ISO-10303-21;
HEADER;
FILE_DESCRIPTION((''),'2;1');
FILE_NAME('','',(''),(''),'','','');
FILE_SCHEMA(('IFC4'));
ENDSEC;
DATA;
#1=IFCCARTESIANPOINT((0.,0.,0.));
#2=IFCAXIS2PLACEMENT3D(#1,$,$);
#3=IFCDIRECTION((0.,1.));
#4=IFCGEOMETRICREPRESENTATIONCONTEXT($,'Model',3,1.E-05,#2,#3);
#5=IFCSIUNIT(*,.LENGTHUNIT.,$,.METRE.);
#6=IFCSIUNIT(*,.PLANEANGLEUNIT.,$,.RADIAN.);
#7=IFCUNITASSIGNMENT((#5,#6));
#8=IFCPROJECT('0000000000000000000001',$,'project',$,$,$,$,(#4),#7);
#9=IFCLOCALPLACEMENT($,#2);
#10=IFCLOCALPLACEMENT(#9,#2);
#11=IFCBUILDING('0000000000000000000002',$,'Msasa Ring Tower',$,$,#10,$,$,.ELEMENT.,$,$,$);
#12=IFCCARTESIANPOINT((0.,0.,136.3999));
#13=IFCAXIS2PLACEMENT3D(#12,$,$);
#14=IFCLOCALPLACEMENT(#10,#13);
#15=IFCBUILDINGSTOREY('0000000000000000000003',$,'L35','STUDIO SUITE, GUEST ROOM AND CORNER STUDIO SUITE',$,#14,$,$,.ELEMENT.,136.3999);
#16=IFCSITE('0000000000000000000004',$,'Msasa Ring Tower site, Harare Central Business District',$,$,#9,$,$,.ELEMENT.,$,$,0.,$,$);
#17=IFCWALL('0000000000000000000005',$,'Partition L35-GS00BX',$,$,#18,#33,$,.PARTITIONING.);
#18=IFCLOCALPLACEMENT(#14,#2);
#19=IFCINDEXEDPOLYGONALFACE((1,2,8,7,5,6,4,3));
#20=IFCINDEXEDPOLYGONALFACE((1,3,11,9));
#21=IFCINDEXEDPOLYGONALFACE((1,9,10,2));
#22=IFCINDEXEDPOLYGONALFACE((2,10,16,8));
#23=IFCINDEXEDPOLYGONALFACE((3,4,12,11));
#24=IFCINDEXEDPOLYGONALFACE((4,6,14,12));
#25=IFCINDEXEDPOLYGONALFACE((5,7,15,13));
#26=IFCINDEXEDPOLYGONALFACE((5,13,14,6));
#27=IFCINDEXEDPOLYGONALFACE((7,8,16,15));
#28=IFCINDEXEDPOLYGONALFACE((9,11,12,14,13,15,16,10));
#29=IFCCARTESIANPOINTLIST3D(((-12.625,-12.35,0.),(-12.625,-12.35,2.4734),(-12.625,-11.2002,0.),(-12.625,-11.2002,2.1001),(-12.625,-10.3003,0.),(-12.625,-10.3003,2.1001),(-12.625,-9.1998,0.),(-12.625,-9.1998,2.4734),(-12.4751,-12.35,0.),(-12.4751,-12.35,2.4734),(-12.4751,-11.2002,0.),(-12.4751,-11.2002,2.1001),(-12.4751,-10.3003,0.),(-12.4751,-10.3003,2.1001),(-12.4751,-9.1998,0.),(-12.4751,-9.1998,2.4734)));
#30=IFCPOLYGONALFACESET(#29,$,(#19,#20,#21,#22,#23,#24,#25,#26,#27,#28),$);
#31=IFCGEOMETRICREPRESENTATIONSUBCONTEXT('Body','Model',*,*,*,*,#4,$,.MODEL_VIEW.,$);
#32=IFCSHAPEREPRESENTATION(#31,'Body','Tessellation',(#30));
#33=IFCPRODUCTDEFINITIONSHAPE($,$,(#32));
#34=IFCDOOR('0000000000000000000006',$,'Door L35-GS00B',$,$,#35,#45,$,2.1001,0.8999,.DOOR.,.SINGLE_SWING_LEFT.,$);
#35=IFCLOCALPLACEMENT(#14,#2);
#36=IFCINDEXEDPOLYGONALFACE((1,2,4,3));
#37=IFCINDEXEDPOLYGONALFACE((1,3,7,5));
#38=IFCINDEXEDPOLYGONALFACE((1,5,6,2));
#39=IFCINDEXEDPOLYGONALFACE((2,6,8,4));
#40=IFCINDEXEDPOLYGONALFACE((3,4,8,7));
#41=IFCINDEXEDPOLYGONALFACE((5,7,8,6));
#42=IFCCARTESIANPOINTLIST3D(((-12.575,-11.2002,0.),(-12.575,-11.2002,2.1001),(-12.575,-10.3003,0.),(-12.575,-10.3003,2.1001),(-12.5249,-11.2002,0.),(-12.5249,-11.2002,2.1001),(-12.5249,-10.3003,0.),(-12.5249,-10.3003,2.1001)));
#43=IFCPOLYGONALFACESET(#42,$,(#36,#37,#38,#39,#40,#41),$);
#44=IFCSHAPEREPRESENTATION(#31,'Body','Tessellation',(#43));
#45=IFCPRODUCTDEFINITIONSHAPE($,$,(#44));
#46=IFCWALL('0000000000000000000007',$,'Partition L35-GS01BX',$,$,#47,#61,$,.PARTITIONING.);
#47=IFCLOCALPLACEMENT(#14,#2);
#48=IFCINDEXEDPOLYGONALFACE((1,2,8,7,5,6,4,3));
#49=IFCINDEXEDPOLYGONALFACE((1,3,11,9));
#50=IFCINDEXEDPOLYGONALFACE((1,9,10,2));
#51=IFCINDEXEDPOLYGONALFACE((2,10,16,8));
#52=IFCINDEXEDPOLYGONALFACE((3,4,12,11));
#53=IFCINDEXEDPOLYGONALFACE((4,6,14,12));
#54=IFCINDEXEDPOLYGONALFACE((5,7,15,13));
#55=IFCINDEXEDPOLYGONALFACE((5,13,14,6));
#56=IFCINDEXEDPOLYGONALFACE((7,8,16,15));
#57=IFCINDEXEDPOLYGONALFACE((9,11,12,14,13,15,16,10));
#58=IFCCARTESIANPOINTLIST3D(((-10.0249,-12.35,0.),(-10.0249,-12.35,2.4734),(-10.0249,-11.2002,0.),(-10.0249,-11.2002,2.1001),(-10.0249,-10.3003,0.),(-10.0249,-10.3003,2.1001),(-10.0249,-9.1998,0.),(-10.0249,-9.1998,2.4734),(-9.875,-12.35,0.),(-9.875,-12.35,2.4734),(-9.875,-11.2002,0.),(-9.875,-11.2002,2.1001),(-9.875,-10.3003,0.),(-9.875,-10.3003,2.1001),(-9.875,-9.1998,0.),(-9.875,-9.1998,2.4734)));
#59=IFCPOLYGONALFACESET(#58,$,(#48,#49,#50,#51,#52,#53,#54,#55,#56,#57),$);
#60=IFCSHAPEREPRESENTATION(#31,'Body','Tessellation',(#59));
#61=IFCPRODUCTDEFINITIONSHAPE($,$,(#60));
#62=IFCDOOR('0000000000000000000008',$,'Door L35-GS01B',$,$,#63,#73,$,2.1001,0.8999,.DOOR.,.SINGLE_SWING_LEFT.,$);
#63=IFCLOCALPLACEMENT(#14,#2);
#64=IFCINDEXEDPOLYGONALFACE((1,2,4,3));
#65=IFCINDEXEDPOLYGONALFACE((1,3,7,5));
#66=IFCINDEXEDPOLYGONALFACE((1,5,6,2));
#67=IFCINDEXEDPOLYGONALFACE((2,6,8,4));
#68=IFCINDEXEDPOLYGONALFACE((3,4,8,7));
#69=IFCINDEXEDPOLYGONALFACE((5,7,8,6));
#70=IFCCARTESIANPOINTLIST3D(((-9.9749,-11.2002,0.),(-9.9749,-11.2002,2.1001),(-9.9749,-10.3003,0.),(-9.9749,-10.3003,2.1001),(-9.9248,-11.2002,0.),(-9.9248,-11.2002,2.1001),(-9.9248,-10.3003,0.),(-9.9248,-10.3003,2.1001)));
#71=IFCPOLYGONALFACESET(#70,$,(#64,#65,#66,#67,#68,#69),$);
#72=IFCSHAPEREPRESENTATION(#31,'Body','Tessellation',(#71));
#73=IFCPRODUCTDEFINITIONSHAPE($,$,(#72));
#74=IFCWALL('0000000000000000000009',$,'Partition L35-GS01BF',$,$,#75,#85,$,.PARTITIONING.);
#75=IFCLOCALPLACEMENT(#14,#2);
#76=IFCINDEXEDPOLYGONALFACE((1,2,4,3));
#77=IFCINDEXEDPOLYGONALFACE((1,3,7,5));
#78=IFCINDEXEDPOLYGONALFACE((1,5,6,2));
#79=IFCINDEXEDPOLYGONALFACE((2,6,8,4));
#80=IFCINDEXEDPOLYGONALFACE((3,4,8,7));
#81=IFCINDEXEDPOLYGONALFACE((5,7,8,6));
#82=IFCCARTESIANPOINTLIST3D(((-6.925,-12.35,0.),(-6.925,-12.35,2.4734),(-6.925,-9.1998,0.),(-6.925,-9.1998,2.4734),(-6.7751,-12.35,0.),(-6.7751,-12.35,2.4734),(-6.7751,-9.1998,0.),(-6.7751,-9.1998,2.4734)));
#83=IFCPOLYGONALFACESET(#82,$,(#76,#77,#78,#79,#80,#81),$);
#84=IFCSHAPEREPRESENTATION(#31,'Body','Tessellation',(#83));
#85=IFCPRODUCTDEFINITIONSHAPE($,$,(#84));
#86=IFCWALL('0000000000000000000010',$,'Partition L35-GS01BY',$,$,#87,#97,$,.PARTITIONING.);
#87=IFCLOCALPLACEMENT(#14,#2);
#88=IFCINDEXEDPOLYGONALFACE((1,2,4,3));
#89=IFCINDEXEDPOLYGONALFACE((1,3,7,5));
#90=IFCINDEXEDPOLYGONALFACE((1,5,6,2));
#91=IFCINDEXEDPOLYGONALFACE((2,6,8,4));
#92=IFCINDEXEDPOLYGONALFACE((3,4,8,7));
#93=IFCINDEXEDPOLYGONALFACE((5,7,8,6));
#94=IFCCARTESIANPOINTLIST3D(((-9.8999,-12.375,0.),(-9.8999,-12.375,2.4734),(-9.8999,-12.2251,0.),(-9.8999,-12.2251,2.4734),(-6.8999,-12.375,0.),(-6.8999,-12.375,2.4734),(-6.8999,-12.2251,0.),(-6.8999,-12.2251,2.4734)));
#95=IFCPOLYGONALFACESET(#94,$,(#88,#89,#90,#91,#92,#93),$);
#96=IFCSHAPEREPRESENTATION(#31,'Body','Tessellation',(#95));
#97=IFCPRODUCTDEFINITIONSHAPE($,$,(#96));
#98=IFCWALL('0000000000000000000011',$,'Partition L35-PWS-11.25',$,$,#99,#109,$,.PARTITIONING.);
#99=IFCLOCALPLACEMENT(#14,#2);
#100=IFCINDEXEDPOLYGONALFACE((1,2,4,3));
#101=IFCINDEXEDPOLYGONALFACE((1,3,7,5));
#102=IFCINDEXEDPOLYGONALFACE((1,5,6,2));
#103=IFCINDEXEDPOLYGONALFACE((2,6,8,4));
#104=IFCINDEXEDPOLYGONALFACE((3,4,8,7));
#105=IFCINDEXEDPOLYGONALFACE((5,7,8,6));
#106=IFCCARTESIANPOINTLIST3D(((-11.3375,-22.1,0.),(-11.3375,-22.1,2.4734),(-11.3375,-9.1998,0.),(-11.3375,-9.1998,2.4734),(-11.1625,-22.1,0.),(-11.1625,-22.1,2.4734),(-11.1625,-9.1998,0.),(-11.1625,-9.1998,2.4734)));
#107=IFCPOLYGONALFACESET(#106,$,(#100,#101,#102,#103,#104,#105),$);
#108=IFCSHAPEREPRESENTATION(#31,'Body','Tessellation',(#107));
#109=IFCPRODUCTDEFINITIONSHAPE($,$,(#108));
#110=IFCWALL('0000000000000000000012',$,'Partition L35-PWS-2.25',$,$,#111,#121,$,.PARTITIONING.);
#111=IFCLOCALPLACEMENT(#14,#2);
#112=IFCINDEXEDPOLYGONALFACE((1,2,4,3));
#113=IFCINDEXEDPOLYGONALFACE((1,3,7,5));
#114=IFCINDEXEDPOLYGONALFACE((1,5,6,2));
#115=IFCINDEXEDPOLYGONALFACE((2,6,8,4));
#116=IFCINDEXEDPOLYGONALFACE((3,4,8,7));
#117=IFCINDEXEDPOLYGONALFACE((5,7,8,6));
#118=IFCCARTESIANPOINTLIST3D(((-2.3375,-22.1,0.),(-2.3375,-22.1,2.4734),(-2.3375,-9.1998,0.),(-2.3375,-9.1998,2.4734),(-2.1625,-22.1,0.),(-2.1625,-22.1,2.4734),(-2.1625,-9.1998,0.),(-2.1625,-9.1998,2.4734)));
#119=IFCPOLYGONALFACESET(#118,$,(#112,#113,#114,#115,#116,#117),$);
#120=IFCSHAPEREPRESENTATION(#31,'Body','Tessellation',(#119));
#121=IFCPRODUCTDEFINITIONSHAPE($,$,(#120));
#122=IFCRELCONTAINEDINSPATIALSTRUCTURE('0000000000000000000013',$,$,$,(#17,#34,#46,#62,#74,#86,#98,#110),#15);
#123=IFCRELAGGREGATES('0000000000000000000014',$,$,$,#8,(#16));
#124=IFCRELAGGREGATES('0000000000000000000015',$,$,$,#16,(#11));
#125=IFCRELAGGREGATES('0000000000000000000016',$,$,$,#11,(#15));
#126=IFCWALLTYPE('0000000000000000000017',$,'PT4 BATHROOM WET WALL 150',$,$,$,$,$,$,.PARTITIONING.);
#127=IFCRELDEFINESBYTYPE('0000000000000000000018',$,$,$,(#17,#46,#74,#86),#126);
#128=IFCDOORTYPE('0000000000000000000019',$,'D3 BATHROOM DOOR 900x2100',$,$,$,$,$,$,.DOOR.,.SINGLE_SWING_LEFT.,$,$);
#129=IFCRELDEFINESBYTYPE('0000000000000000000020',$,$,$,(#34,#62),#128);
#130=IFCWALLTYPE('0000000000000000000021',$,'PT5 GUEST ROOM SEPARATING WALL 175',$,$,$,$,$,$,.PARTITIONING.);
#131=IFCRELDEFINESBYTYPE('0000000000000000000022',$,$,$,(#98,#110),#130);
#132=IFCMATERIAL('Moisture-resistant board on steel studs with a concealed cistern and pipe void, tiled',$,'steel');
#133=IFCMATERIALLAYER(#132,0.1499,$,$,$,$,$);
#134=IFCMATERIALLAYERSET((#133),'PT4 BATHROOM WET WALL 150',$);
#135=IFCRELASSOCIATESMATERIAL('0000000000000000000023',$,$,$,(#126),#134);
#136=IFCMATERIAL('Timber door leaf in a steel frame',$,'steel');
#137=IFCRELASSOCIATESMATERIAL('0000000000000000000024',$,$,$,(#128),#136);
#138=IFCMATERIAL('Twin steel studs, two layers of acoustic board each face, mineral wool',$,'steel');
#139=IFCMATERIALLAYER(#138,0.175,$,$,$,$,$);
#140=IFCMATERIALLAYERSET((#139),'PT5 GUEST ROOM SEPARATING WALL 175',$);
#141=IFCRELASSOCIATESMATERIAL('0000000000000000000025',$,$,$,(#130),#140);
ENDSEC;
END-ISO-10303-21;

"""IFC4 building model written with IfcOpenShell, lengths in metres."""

from ifc_helpers import new_model, si_unit, direction, frame, frame_2d, origin, place, context, subcontext, project, spatial, rectangle, extrude, material, layer, layer_set, type_object, element, fill, save


model = new_model("IFC4")

# Units and contexts
model_context = context("Model", 3, precision=1e-05, world=origin(), true_north=direction((0.0, 1.0)))
body_context = subcontext(model_context, "Body", "Model", "MODEL_VIEW")
ifc_project = project(units=[si_unit("LENGTHUNIT", "METRE"), si_unit("PLANEANGLEUNIT", "RADIAN")], contexts=[model_context])

# Site, building, storey
site_placement = place(None, origin())
site = spatial("IfcSite", under=ifc_project, at=site_placement, Name="Msasa Ring Tower site, Harare Central Business District", CompositionType="ELEMENT", RefElevation=0.0)
building_placement = place(site_placement, origin())
building = spatial("IfcBuilding", under=site, at=building_placement, Name="Msasa Ring Tower", CompositionType="ELEMENT")
storey_placement = place(building_placement, frame((0.0, 0.0, 136.3999)))
storey = spatial("IfcBuildingStorey", under=building, at=storey_placement, Name="L35", Description="STUDIO SUITE, GUEST ROOM AND CORNER STUDIO SUITE", CompositionType="ELEMENT", Elevation=136.3999)

# Walls, openings, doors
ifc_material_1 = material(Name="Moisture-resistant board on steel studs with a concealed cistern and pipe void, tiled", Category="steel")
ifc_layer_1 = layer(ifc_material_1, 0.1499)
ifc_layer_set_1 = layer_set([ifc_layer_1], Name="PT4 BATHROOM WET WALL 150")
wall_type_1 = type_object("IfcWallType", Name="PT4 BATHROOM WET WALL 150", PredefinedType="PARTITIONING", material=ifc_layer_set_1)
wall_1_placement = place(storey_placement, frame((-12.55, -12.3501, 0.0), z_axis=(0.0, 0.0, 1.0), x_axis=(0.0, 1.0, 0.0)))
wall_1 = element("IfcWall", 1, at=wall_1_placement, inside=storey, type_object=wall_type_1, Name="Partition L35-GS00BX", PredefinedType="PARTITIONING", context=body_context, shape_type="SweptSolid", body=[
    extrude(rectangle(XDim=3.1501, YDim=0.1499, at=frame_2d((1.5752, 0.0))), origin(), (0.0, 0.0, 1.0), 2.4734),
])
opening_1_placement = place(wall_1_placement, frame((1.1499, 0.0, 0.0)))
opening_1 = element("IfcOpeningElement", 2, at=opening_1_placement, cuts=wall_1, PredefinedType="OPENING", context=body_context, shape_type="SweptSolid", body=[
    extrude(rectangle(XDim=0.8999, YDim=2.1001, at=frame_2d((0.45, 1.05))), frame((0.0, 0.085, 0.0), z_axis=(0.0, -1.0, 0.0), x_axis=(1.0, 0.0, 0.0)), (0.0, 0.0, 1.0), 0.1699),
])
ifc_material_2 = material(Name="Timber door leaf in a steel frame", Category="steel")
door_type = type_object("IfcDoorType", Name="D3 BATHROOM DOOR 900x2100", OperationType="SINGLE_SWING_LEFT", PredefinedType="DOOR", material=ifc_material_2)
door_1_placement = place(opening_1_placement, origin())
door_1 = element("IfcDoor", 3, at=door_1_placement, inside=storey, type_object=door_type, Name="Door L35-GS00B", OperationType="SINGLE_SWING_LEFT", OverallHeight=2.1001, OverallWidth=0.8999, PredefinedType="DOOR", context=body_context, shape_type="SweptSolid", body=[
    extrude(rectangle(XDim=0.8999, YDim=2.1001, at=frame_2d((0.45, 1.05))), frame((0.0, 0.0249, 0.0), z_axis=(0.0, -1.0, 0.0), x_axis=(1.0, 0.0, 0.0)), (0.0, 0.0, 1.0), 0.05),
])
fill(opening_1, door_1)
wall_2_placement = place(storey_placement, frame((-9.95, -12.3501, 0.0), z_axis=(0.0, 0.0, 1.0), x_axis=(0.0, 1.0, 0.0)))
wall_2 = element("IfcWall", 4, at=wall_2_placement, inside=storey, type_object=wall_type_1, Name="Partition L35-GS01BX", PredefinedType="PARTITIONING", context=body_context, shape_type="SweptSolid", body=[
    extrude(rectangle(XDim=3.1501, YDim=0.1499, at=frame_2d((1.5752, 0.0))), origin(), (0.0, 0.0, 1.0), 2.4734),
])
opening_2_placement = place(wall_2_placement, frame((1.1499, 0.0, 0.0)))
opening_2 = element("IfcOpeningElement", 5, at=opening_2_placement, cuts=wall_2, PredefinedType="OPENING", context=body_context, shape_type="SweptSolid", body=[
    extrude(rectangle(XDim=0.8999, YDim=2.1001, at=frame_2d((0.45, 1.05))), frame((0.0, 0.085, 0.0), z_axis=(0.0, -1.0, 0.0), x_axis=(1.0, 0.0, 0.0)), (0.0, 0.0, 1.0), 0.1699),
])
door_2_placement = place(opening_2_placement, origin())
door_2 = element("IfcDoor", 6, at=door_2_placement, inside=storey, type_object=door_type, Name="Door L35-GS01B", OperationType="SINGLE_SWING_LEFT", OverallHeight=2.1001, OverallWidth=0.8999, PredefinedType="DOOR", context=body_context, shape_type="SweptSolid", body=[
    extrude(rectangle(XDim=0.8999, YDim=2.1001, at=frame_2d((0.45, 1.05))), frame((0.0, 0.0249, 0.0), z_axis=(0.0, -1.0, 0.0), x_axis=(1.0, 0.0, 0.0)), (0.0, 0.0, 1.0), 0.05),
])
fill(opening_2, door_2)

# Walls
wall_3_placement = place(storey_placement, frame((-6.8501, -12.3501, 0.0), z_axis=(0.0, 0.0, 1.0), x_axis=(0.0, 1.0, 0.0)))
element("IfcWall", 7, at=wall_3_placement, inside=storey, type_object=wall_type_1, Name="Partition L35-GS01BF", PredefinedType="PARTITIONING", context=body_context, shape_type="SweptSolid", body=[
    extrude(rectangle(XDim=3.1501, YDim=0.1499, at=frame_2d((1.5752, 0.0))), origin(), (0.0, 0.0, 1.0), 2.4734),
])
wall_4_placement = place(storey_placement, frame((-9.8999, -12.3, 0.0), z_axis=(0.0, 0.0, 1.0), x_axis=(1.0, 0.0, 0.0)))
element("IfcWall", 8, at=wall_4_placement, inside=storey, type_object=wall_type_1, Name="Partition L35-GS01BY", PredefinedType="PARTITIONING", context=body_context, shape_type="SweptSolid", body=[
    extrude(rectangle(XDim=3.0, YDim=0.1499, at=frame_2d((1.5, 0.0))), origin(), (0.0, 0.0, 1.0), 2.4734),
])
ifc_material_3 = material(Name="Twin steel studs, two layers of acoustic board each face, mineral wool", Category="steel")
ifc_layer_2 = layer(ifc_material_3, 0.175)
ifc_layer_set_2 = layer_set([ifc_layer_2], Name="PT5 GUEST ROOM SEPARATING WALL 175")
wall_type_2 = type_object("IfcWallType", Name="PT5 GUEST ROOM SEPARATING WALL 175", PredefinedType="PARTITIONING", material=ifc_layer_set_2)
for number, where, z_axis, x_axis, name in (
    (9, (-11.25, -22.1001, 0.0), (0.0, 0.0, 1.0), (0.0, 1.0, 0.0), "Partition L35-PWS-11.25"),
    (10, (-2.25, -22.1001, 0.0), (0.0, 0.0, 1.0), (0.0, 1.0, 0.0), "Partition L35-PWS-2.25"),
):
    element("IfcWall", number, at=place(storey_placement, frame(where, z_axis=z_axis, x_axis=x_axis)), inside=storey, type_object=wall_type_2, Name=name, PredefinedType="PARTITIONING", context=body_context, shape_type="SweptSolid", body=[
        extrude(rectangle(XDim=12.9001, YDim=0.175, at=frame_2d((6.4502, 0.0))), origin(), (0.0, 0.0, 1.0), 2.4734),
    ])

save(model, "model.ifc")
